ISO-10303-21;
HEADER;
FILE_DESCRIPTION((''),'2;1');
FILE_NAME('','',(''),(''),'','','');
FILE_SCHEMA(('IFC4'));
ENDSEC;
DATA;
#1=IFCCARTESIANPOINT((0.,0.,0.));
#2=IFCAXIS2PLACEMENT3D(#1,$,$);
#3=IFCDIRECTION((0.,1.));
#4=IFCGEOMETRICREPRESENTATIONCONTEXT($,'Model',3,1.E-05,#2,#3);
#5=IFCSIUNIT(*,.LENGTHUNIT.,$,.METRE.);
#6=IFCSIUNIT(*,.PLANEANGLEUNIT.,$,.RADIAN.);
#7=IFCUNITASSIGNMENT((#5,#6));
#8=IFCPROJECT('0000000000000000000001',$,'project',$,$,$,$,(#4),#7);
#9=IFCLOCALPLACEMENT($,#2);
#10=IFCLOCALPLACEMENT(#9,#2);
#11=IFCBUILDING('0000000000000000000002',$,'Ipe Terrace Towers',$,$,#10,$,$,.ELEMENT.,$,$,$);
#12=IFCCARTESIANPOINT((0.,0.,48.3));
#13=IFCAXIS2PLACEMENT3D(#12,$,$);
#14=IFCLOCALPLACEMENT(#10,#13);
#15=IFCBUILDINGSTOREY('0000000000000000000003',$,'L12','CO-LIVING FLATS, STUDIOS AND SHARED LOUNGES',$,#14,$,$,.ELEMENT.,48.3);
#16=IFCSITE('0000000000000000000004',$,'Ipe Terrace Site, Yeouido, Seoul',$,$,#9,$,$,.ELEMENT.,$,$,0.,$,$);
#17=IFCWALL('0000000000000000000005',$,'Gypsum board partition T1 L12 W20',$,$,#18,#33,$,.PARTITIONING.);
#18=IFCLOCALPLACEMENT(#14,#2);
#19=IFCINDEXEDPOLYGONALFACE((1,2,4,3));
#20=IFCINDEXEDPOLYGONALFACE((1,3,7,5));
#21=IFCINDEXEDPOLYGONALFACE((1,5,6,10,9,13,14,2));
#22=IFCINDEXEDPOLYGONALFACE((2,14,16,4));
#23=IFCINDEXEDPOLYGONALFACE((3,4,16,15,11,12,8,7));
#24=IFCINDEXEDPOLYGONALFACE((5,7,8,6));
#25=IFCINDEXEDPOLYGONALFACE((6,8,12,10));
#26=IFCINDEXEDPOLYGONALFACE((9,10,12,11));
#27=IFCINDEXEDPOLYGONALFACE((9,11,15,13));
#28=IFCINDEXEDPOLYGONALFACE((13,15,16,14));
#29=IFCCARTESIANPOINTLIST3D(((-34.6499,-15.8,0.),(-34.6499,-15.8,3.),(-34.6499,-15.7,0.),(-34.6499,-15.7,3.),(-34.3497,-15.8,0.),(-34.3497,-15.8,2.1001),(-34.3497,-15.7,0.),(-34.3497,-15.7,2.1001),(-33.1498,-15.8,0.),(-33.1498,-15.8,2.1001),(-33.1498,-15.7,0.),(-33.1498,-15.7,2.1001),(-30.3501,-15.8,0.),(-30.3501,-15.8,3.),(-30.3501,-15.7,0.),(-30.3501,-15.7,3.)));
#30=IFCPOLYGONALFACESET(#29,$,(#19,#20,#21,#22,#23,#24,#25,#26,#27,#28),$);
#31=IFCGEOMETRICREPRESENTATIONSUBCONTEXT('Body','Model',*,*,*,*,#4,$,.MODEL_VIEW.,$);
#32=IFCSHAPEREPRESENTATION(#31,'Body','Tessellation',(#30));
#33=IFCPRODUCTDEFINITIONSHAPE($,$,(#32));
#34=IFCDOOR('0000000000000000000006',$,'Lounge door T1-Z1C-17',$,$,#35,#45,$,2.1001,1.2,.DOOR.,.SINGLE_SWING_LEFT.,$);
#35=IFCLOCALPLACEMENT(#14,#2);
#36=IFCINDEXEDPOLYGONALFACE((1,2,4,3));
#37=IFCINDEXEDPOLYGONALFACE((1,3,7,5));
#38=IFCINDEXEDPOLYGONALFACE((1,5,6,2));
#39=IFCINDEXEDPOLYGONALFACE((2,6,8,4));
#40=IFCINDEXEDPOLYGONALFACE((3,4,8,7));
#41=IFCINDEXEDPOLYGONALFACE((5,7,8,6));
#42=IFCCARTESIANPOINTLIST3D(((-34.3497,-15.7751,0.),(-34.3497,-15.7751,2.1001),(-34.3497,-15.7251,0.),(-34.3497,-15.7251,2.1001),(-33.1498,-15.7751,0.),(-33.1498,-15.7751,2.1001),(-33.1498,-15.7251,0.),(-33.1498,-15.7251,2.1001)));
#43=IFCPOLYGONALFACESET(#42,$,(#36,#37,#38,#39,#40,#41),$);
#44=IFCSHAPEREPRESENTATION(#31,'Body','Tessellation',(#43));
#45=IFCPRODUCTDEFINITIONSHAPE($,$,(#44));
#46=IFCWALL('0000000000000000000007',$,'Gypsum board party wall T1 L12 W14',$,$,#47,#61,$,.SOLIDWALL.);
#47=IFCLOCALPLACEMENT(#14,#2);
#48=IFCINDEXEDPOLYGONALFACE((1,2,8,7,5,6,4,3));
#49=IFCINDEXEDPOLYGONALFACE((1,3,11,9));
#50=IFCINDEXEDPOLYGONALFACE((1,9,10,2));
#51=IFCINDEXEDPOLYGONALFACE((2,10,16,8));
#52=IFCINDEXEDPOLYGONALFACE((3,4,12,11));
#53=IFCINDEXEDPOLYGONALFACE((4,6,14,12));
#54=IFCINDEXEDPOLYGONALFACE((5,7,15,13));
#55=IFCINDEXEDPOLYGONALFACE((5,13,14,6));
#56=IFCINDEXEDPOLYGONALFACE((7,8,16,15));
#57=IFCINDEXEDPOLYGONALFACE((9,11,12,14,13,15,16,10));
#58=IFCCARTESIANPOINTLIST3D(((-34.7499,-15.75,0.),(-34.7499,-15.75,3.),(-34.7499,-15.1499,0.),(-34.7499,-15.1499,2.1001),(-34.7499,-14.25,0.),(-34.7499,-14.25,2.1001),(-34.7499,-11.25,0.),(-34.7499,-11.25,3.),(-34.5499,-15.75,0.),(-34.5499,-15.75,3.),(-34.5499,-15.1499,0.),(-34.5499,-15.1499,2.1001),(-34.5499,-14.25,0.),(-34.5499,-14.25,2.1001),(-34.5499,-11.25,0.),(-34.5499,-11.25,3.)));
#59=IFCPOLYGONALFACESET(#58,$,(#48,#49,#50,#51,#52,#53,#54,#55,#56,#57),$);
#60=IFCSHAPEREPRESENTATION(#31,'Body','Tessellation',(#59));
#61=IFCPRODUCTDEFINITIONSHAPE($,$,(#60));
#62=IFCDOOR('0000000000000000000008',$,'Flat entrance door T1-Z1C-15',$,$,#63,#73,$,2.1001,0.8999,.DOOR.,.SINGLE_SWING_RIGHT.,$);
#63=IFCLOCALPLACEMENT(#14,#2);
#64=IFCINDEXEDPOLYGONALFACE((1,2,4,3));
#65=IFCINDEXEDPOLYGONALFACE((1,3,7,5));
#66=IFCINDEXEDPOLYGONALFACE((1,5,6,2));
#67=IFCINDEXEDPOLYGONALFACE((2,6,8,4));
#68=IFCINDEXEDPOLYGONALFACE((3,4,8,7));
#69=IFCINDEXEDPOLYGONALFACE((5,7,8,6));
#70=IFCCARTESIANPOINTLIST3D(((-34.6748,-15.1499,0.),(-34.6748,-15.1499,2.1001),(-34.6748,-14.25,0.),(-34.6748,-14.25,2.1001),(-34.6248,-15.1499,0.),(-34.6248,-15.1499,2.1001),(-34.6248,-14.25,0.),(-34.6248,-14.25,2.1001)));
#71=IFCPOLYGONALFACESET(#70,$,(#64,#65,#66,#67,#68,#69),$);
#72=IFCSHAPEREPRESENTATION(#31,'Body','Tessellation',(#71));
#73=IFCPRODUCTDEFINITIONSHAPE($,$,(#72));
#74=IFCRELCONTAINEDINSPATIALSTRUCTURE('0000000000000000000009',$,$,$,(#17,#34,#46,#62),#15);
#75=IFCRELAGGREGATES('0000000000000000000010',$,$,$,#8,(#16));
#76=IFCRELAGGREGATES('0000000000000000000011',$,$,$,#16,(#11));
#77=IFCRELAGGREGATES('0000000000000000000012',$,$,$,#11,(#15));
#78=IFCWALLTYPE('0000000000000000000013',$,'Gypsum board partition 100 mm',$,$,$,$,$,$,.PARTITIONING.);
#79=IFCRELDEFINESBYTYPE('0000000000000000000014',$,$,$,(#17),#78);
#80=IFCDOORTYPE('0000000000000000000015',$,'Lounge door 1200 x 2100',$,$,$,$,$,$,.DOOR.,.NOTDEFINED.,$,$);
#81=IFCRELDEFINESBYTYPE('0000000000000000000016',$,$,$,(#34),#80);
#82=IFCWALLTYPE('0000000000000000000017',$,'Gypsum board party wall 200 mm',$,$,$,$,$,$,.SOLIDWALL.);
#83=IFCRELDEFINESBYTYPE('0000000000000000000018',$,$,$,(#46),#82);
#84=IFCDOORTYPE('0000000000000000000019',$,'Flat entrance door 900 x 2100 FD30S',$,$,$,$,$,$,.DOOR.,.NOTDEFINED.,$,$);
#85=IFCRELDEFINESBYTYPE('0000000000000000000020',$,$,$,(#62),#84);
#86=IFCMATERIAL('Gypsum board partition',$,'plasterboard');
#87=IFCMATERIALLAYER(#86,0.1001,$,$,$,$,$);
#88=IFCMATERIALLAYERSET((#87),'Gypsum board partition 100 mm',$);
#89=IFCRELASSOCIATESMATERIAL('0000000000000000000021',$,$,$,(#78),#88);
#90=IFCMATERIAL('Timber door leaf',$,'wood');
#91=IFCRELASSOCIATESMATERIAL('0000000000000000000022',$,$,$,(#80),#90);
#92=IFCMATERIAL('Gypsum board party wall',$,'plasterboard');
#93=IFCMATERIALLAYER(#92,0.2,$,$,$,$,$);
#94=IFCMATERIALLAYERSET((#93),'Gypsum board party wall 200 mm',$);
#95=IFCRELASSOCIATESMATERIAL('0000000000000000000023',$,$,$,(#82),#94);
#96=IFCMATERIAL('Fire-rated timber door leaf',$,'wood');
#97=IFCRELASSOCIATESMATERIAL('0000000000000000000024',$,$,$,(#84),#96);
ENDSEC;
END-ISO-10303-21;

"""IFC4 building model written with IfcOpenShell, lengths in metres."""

from ifc_helpers import new_model, si_unit, direction, frame, frame_2d, origin, place, context, subcontext, project, spatial, rectangle, extrude, material, layer, layer_set, type_object, element, fill, save


model = new_model("IFC4")

# Units and contexts
model_context = context("Model", 3, precision=1e-05, world=origin(), true_north=direction((0.0, 1.0)))
body_context = subcontext(model_context, "Body", "Model", "MODEL_VIEW")
ifc_project = project(units=[si_unit("LENGTHUNIT", "METRE"), si_unit("PLANEANGLEUNIT", "RADIAN")], contexts=[model_context])

# Site, building, storey
site_placement = place(None, origin())
site = spatial("IfcSite", under=ifc_project, at=site_placement, Name="Ipe Terrace Site, Yeouido, Seoul", CompositionType="ELEMENT", RefElevation=0.0)
building_placement = place(site_placement, origin())
building = spatial("IfcBuilding", under=site, at=building_placement, Name="Ipe Terrace Towers", CompositionType="ELEMENT")
storey_placement = place(building_placement, frame((0.0, 0.0, 48.3)))
storey = spatial("IfcBuildingStorey", under=building, at=storey_placement, Name="L12", Description="CO-LIVING FLATS, STUDIOS AND SHARED LOUNGES", CompositionType="ELEMENT", Elevation=48.3)

# Shared definitions
ifc_material_1 = material(Name="Gypsum board partition", Category="plasterboard")
ifc_layer_1 = layer(ifc_material_1, 0.1001)
ifc_layer_set_1 = layer_set([ifc_layer_1], Name="Gypsum board partition 100 mm")
wall_type_1 = type_object("IfcWallType", Name="Gypsum board partition 100 mm", PredefinedType="PARTITIONING", material=ifc_layer_set_1)

# Walls, openings, doors
wall_1_placement = place(storey_placement, frame((-34.6499, -15.75, 0.0), z_axis=(0.0, 0.0, 1.0), x_axis=(1.0, 0.0, 0.0)))
wall_1 = element("IfcWall", 1, at=wall_1_placement, inside=storey, type_object=wall_type_1, Name="Gypsum board partition T1 L12 W20", PredefinedType="PARTITIONING", context=body_context, shape_type="SweptSolid", body=[
    extrude(rectangle(XDim=4.2998, YDim=0.1001, at=frame_2d((2.1499, 0.0))), origin(), (0.0, 0.0, 1.0), 3.0),
])
opening_1_placement = place(wall_1_placement, frame((0.3, 0.0, 0.0)))
opening_1 = element("IfcOpeningElement", 2, at=opening_1_placement, cuts=wall_1, PredefinedType="OPENING", context=body_context, shape_type="SweptSolid", body=[
    extrude(rectangle(XDim=1.2, YDim=2.1001, at=frame_2d((0.6001, 1.05))), frame((0.0, 0.0601, 0.0), z_axis=(0.0, -1.0, 0.0), x_axis=(1.0, 0.0, 0.0)), (0.0, 0.0, 1.0), 0.1201),
])
ifc_material_2 = material(Name="Timber door leaf", Category="wood")
door_type_1 = type_object("IfcDoorType", Name="Lounge door 1200 x 2100", OperationType="NOTDEFINED", PredefinedType="DOOR", material=ifc_material_2)
door_1_placement = place(opening_1_placement, origin())
door_1 = element("IfcDoor", 3, at=door_1_placement, inside=storey, type_object=door_type_1, Name="Lounge door T1-Z1C-17", OperationType="SINGLE_SWING_LEFT", OverallHeight=2.1001, OverallWidth=1.2, PredefinedType="DOOR", context=body_context, shape_type="SweptSolid", body=[
    extrude(rectangle(XDim=1.2, YDim=2.1001, at=frame_2d((0.6001, 1.05))), frame((0.0, 0.0249, 0.0), z_axis=(0.0, -1.0, 0.0), x_axis=(1.0, 0.0, 0.0)), (0.0, 0.0, 1.0), 0.05),
])
fill(opening_1, door_1)
ifc_material_3 = material(Name="Gypsum board party wall", Category="plasterboard")
ifc_layer_2 = layer(ifc_material_3, 0.2)
ifc_layer_set_2 = layer_set([ifc_layer_2], Name="Gypsum board party wall 200 mm")
wall_type_2 = type_object("IfcWallType", Name="Gypsum board party wall 200 mm", PredefinedType="SOLIDWALL", material=ifc_layer_set_2)
wall_2_placement = place(storey_placement, frame((-34.6499, -15.75, 0.0), z_axis=(0.0, 0.0, 1.0), x_axis=(0.0, 1.0, 0.0)))
wall_2 = element("IfcWall", 4, at=wall_2_placement, inside=storey, type_object=wall_type_2, Name="Gypsum board party wall T1 L12 W14", PredefinedType="SOLIDWALL", context=body_context, shape_type="SweptSolid", body=[
    extrude(rectangle(XDim=4.5, YDim=0.2, at=frame_2d((2.25, 0.0))), origin(), (0.0, 0.0, 1.0), 3.0),
])
opening_2_placement = place(wall_2_placement, frame((0.6001, 0.0, 0.0)))
opening_2 = element("IfcOpeningElement", 5, at=opening_2_placement, cuts=wall_2, PredefinedType="OPENING", context=body_context, shape_type="SweptSolid", body=[
    extrude(rectangle(XDim=0.8999, YDim=2.1001, at=frame_2d((0.45, 1.05))), frame((0.0, 0.1099, 0.0), z_axis=(0.0, -1.0, 0.0), x_axis=(1.0, 0.0, 0.0)), (0.0, 0.0, 1.0), 0.22),
])
ifc_material_4 = material(Name="Fire-rated timber door leaf", Category="wood")
door_type_2 = type_object("IfcDoorType", Name="Flat entrance door 900 x 2100 FD30S", OperationType="NOTDEFINED", PredefinedType="DOOR", material=ifc_material_4)
door_2_placement = place(opening_2_placement, origin())
door_2 = element("IfcDoor", 6, at=door_2_placement, inside=storey, type_object=door_type_2, Name="Flat entrance door T1-Z1C-15", OperationType="SINGLE_SWING_RIGHT", OverallHeight=2.1001, OverallWidth=0.8999, PredefinedType="DOOR", context=body_context, shape_type="SweptSolid", body=[
    extrude(rectangle(XDim=0.8999, YDim=2.1001, at=frame_2d((0.45, 1.05))), frame((0.0, 0.0249, 0.0), z_axis=(0.0, -1.0, 0.0), x_axis=(1.0, 0.0, 0.0)), (0.0, 0.0, 1.0), 0.05),
])
fill(opening_2, door_2)

save(model, "model.ifc")
